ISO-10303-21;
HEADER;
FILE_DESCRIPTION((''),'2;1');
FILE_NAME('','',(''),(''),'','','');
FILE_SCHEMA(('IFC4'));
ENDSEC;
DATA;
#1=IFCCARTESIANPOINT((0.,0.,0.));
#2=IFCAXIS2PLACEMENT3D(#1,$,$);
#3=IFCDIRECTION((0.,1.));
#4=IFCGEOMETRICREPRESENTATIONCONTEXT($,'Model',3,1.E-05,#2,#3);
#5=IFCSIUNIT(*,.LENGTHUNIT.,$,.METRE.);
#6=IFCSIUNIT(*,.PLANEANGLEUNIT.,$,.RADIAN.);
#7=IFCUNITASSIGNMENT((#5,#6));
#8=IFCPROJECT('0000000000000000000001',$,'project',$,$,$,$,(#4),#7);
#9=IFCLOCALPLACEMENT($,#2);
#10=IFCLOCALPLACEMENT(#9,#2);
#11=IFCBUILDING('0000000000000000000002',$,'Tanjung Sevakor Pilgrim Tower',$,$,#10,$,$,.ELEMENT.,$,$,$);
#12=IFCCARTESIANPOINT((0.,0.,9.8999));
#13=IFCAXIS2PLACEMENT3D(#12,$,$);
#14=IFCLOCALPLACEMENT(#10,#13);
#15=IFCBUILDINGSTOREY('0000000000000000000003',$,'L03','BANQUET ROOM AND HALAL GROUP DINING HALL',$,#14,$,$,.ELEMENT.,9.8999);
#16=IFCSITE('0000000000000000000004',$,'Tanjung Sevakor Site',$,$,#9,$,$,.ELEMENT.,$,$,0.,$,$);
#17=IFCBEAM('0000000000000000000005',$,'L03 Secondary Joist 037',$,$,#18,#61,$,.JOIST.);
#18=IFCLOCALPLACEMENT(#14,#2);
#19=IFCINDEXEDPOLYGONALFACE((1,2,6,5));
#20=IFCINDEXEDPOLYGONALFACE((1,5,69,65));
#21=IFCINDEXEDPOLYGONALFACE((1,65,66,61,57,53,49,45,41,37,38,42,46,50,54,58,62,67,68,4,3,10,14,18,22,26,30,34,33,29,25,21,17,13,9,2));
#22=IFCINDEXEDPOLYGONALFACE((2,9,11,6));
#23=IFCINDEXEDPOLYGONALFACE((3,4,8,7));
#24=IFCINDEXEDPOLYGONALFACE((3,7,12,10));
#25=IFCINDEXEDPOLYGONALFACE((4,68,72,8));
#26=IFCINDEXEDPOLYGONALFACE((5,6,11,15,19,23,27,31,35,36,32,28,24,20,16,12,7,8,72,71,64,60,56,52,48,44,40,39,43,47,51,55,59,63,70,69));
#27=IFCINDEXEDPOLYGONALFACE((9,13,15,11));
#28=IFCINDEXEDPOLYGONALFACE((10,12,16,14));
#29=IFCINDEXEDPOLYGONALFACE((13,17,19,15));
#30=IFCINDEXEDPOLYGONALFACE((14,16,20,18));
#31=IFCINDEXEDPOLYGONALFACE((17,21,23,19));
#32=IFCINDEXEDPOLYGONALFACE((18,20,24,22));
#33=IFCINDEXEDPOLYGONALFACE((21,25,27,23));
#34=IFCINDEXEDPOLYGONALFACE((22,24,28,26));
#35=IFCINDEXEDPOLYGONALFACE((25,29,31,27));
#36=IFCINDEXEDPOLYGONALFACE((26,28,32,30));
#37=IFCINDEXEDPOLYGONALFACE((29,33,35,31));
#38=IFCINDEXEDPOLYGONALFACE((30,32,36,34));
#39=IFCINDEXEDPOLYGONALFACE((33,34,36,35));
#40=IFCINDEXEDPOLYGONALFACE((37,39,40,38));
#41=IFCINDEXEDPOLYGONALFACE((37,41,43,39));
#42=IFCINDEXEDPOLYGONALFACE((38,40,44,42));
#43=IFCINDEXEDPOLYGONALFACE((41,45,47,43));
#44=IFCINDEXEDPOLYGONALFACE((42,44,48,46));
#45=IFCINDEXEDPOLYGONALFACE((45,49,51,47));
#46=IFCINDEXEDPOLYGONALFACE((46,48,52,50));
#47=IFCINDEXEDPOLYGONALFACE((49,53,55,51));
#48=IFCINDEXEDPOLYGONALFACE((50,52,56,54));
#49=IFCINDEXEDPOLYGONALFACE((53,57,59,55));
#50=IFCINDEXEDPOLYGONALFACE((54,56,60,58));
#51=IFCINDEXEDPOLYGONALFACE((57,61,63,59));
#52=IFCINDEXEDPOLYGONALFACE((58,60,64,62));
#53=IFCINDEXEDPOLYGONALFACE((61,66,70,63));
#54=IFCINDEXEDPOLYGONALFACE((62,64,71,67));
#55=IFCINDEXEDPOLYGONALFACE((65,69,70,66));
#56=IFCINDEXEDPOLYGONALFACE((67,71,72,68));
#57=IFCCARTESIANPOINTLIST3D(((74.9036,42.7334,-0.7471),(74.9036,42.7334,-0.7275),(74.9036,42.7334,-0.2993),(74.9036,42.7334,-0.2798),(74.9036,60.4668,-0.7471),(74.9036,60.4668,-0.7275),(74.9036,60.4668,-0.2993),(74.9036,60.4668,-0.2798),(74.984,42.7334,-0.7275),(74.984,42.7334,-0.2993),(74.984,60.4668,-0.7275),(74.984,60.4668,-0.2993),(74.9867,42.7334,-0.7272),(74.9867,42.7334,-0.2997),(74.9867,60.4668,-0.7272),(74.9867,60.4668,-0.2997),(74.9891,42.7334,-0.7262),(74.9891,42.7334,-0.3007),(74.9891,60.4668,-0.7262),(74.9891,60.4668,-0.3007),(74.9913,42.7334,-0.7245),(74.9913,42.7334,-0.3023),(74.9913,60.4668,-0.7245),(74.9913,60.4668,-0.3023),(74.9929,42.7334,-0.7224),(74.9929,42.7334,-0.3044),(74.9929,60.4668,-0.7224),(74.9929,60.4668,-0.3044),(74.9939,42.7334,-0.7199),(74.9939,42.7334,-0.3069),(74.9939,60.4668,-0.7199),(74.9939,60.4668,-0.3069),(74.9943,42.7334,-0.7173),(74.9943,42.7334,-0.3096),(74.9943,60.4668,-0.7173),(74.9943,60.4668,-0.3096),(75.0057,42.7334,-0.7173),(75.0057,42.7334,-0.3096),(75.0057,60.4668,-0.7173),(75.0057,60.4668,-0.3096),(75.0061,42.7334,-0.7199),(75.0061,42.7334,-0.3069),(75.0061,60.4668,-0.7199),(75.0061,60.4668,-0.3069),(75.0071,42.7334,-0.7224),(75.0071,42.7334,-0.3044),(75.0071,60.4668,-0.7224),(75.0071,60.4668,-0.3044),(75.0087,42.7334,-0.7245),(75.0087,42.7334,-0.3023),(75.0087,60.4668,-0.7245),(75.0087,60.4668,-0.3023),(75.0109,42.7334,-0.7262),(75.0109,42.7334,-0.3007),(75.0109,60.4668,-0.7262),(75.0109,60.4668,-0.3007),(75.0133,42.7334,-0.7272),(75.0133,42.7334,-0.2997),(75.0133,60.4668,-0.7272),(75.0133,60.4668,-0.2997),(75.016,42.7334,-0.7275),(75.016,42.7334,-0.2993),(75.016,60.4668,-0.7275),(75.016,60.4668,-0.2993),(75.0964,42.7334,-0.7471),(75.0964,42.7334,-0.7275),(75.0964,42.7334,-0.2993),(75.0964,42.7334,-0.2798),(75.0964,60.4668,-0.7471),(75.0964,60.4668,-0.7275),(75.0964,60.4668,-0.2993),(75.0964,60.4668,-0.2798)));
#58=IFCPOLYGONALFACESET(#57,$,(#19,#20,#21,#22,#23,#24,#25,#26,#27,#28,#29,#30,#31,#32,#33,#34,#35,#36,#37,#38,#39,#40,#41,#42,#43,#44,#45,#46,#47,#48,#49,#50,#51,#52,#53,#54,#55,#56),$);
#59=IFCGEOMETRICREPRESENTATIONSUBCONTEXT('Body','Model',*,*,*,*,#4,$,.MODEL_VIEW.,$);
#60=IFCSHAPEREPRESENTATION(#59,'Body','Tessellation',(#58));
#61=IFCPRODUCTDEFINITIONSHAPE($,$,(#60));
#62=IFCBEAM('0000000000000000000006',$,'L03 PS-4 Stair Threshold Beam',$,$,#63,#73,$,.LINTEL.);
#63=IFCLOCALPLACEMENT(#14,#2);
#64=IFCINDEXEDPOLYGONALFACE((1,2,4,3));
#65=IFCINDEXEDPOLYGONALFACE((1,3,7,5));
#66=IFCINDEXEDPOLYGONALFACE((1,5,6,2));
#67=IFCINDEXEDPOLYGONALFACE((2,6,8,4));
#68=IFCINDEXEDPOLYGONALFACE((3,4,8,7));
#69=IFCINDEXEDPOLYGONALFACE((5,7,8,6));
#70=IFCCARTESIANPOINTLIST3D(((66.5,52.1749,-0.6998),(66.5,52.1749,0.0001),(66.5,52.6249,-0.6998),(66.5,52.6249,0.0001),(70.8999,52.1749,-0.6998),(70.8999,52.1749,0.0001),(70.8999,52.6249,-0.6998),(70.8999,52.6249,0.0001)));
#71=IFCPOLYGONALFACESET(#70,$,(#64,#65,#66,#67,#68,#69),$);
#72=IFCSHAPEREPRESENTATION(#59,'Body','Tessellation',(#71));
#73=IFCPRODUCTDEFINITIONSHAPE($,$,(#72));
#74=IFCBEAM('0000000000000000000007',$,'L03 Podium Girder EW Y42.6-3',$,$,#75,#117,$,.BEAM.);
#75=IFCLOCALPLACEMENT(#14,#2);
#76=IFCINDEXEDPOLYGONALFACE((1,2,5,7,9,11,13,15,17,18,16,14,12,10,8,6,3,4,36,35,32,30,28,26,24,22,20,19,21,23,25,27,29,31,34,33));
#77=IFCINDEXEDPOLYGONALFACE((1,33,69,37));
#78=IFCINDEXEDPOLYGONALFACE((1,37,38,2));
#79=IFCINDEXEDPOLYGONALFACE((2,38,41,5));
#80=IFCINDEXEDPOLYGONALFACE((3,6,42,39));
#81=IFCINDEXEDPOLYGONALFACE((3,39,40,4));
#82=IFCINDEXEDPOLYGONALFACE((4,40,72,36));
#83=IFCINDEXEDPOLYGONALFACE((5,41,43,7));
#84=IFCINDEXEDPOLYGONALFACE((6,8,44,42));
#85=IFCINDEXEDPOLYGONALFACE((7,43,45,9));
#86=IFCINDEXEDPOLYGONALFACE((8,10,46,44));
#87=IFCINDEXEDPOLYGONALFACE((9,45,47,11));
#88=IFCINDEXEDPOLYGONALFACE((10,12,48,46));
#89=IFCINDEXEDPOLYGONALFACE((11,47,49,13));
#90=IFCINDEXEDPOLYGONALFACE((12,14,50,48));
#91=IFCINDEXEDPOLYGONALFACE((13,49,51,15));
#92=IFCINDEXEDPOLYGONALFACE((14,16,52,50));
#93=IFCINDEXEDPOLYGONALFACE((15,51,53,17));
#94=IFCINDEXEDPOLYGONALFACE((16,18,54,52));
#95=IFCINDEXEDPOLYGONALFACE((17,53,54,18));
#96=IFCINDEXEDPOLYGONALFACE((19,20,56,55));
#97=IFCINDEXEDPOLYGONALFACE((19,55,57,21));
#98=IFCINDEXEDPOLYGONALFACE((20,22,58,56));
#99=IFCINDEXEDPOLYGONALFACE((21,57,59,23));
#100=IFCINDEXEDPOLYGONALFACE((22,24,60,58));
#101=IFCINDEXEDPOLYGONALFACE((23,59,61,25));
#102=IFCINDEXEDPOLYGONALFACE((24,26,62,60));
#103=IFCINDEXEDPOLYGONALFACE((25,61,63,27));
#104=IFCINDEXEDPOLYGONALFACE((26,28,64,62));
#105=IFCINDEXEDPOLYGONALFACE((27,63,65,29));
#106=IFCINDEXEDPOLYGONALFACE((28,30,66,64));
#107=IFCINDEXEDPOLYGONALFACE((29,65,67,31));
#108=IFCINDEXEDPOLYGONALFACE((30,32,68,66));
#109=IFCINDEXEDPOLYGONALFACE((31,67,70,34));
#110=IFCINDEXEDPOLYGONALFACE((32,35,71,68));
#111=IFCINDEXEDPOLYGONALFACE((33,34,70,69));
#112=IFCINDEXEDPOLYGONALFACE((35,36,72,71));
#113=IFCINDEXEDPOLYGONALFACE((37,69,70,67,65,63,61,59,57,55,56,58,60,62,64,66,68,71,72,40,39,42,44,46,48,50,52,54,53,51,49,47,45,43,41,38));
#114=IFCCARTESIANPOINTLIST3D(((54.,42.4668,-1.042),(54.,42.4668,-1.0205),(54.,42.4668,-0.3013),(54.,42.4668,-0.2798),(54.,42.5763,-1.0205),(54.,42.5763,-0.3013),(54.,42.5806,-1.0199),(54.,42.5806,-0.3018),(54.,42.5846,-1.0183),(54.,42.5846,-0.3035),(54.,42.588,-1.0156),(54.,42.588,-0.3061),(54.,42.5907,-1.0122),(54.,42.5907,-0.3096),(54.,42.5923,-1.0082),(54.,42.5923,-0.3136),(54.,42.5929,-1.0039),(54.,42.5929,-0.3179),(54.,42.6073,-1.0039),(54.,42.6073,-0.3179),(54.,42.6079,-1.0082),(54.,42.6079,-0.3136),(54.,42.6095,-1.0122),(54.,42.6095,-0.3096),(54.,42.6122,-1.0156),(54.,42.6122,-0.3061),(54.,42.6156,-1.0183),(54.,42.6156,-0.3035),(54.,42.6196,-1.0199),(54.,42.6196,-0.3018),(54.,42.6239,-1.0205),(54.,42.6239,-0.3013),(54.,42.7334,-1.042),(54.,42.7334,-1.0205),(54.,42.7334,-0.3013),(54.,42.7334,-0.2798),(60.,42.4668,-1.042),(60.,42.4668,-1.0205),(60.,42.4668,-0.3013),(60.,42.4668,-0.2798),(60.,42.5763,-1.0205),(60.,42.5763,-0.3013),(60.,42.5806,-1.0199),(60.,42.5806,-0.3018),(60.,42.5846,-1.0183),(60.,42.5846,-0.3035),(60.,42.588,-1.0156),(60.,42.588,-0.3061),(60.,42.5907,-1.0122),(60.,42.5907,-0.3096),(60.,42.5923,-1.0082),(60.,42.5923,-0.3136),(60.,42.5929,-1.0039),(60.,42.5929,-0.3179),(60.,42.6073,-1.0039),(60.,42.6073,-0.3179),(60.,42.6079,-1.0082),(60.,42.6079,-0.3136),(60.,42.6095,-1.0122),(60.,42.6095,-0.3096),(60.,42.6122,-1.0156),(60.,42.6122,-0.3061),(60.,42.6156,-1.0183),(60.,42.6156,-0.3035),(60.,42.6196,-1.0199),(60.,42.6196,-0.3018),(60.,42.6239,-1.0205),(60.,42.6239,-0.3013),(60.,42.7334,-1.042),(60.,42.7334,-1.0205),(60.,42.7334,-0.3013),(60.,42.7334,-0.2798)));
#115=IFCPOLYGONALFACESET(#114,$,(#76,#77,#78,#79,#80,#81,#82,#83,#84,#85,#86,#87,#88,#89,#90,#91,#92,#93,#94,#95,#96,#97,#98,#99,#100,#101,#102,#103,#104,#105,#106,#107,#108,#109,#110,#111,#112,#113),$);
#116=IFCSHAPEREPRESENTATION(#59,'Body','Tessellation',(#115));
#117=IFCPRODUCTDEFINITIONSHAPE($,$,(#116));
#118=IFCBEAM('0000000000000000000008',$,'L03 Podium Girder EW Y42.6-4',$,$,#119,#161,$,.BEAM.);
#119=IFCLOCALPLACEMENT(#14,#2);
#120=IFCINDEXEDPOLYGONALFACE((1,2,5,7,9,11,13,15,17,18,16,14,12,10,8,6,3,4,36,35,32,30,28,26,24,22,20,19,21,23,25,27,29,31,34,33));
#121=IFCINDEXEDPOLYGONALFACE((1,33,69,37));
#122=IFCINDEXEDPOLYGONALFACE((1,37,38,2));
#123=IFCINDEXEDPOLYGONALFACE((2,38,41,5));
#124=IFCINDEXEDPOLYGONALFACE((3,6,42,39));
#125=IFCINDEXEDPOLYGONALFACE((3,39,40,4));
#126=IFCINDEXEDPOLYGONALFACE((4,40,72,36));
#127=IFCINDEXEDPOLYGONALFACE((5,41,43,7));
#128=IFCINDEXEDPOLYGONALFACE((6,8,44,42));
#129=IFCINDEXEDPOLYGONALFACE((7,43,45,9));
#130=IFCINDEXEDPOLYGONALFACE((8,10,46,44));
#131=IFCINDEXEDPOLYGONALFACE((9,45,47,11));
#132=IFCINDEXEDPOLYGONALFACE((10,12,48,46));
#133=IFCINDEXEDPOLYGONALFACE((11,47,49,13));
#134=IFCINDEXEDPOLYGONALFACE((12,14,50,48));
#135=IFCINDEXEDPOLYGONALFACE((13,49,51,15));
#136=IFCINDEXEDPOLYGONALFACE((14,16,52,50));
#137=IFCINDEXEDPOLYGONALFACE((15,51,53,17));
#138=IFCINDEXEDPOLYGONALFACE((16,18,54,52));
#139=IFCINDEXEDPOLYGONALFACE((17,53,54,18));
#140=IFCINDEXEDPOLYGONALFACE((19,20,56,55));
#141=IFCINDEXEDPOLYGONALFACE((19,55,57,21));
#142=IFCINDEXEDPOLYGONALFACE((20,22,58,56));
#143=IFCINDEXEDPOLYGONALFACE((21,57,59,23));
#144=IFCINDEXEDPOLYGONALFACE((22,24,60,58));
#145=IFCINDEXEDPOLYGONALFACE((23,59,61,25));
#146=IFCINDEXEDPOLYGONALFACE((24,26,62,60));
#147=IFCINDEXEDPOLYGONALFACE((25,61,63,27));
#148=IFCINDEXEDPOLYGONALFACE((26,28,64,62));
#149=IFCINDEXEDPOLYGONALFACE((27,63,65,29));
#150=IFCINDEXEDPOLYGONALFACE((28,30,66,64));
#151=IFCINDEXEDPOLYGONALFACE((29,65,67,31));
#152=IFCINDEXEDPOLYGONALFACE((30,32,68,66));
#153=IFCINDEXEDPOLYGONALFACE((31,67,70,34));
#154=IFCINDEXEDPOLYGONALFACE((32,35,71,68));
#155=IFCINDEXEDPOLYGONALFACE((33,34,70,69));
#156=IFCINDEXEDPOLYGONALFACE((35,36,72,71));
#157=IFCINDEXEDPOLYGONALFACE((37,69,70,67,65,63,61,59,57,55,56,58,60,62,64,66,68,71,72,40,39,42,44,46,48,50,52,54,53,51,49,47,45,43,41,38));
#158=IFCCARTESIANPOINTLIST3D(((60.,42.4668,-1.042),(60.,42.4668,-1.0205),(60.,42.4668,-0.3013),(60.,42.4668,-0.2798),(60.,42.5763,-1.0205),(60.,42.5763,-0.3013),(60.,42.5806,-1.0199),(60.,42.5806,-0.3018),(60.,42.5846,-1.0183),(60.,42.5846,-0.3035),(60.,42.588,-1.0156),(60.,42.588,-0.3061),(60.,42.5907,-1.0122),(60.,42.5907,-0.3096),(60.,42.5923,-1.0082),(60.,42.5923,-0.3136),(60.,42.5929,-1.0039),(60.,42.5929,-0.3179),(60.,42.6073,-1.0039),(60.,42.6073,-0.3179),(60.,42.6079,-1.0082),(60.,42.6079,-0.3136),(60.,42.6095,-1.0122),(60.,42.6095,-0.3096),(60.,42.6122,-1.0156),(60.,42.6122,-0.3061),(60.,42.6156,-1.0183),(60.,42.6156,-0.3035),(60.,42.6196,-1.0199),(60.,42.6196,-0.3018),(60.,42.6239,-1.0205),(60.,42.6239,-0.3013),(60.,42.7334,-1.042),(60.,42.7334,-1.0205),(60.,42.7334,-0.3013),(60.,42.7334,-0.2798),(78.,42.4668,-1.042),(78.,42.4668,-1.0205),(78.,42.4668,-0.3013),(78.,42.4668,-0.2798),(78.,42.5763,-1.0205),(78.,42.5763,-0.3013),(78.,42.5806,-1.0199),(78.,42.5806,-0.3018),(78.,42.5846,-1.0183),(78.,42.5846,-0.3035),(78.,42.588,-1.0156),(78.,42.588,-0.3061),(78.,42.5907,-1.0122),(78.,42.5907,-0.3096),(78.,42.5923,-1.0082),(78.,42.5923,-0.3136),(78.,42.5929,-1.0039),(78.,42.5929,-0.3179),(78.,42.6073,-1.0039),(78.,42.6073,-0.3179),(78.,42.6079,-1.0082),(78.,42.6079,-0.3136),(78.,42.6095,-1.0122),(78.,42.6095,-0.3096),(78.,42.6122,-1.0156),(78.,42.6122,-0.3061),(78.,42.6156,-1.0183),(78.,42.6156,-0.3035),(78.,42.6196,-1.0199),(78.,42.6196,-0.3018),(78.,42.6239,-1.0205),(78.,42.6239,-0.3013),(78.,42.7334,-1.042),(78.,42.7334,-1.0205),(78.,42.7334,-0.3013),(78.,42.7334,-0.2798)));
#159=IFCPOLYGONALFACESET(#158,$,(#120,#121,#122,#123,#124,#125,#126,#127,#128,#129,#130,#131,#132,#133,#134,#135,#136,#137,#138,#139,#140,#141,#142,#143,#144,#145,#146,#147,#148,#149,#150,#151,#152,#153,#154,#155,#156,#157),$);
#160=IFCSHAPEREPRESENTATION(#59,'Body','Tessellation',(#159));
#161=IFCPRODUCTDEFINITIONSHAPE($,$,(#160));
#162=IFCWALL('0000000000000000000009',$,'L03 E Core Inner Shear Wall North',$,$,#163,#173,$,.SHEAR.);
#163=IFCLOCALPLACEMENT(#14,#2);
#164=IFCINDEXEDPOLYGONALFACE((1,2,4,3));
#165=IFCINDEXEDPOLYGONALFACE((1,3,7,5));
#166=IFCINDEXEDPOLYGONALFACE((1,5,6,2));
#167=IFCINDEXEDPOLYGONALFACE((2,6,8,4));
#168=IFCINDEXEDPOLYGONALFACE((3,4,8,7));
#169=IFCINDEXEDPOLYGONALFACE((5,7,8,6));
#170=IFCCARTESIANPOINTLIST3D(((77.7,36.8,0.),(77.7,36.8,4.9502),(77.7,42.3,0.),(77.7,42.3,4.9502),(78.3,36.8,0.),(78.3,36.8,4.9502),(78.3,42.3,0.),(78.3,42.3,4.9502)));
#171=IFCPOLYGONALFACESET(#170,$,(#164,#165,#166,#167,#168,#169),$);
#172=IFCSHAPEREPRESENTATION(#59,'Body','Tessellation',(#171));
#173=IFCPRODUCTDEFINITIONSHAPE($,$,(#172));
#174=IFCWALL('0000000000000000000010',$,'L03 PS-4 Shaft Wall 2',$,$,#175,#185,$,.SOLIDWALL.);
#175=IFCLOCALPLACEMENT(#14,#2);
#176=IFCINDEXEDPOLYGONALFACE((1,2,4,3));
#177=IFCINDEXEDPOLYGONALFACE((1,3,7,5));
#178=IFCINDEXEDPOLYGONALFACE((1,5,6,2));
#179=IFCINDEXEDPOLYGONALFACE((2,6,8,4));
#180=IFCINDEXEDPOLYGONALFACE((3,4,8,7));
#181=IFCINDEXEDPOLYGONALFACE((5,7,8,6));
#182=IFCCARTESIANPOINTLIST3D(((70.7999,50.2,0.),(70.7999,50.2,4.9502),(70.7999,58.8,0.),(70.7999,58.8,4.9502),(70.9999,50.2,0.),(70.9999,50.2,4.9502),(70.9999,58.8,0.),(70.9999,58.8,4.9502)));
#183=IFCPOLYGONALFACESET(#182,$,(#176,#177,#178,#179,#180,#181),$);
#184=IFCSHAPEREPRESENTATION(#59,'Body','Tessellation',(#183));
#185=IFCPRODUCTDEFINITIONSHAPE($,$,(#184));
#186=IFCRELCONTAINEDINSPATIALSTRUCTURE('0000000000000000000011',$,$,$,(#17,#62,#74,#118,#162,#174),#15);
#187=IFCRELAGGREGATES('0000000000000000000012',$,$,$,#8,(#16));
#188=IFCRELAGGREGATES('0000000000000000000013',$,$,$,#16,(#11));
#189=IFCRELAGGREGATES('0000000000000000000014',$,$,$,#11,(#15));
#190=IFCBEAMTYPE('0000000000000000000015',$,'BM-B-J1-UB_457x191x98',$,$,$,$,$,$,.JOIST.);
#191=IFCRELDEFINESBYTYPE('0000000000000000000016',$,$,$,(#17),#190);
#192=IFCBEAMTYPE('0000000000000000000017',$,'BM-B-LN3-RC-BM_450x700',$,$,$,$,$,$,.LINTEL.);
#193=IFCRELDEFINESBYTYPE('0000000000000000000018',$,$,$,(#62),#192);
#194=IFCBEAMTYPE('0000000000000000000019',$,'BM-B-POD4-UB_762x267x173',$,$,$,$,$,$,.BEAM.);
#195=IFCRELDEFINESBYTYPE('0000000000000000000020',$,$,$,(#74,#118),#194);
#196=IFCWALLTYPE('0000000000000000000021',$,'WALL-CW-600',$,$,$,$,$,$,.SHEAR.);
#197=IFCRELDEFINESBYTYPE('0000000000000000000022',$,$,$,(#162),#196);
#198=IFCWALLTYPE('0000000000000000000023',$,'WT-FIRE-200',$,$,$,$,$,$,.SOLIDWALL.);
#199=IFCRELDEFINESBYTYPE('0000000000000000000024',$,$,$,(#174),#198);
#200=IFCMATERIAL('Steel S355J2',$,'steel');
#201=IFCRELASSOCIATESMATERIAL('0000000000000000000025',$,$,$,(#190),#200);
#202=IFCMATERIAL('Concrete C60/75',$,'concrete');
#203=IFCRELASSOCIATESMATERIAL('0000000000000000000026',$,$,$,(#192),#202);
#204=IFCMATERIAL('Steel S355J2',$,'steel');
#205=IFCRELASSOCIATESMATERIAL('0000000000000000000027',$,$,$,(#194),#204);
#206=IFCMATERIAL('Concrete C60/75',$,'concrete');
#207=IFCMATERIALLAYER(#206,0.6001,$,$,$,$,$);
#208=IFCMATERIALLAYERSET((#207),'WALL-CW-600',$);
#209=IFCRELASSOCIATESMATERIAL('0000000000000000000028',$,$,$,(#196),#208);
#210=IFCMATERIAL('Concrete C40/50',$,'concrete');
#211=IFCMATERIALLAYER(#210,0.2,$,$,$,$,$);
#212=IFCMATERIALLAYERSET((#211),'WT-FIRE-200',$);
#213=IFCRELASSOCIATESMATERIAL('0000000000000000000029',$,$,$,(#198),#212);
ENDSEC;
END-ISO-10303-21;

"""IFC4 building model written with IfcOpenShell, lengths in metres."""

from ifc_helpers import new_model, si_unit, direction, frame, frame_2d, origin, origin_2d, place, context, subcontext, project, spatial, rectangle, i_section, extrude, material, layer, layer_set, material_profile, profile_set, type_object, element, save


model = new_model("IFC4")

# Units and contexts
model_context = context("Model", 3, precision=1e-05, world=origin(), true_north=direction((0.0, 1.0)))
body_context = subcontext(model_context, "Body", "Model", "MODEL_VIEW")
ifc_project = project(units=[si_unit("LENGTHUNIT", "METRE"), si_unit("PLANEANGLEUNIT", "RADIAN")], contexts=[model_context])

# Site, building, storey
site_placement = place(None, origin())
site = spatial("IfcSite", under=ifc_project, at=site_placement, Name="Tanjung Sevakor Site", CompositionType="ELEMENT", RefElevation=0.0)
building_placement = place(site_placement, origin())
building = spatial("IfcBuilding", under=site, at=building_placement, Name="Tanjung Sevakor Pilgrim Tower", CompositionType="ELEMENT")
storey_placement = place(building_placement, frame((0.0, 0.0, 9.8999)))
storey = spatial("IfcBuildingStorey", under=building, at=storey_placement, Name="L03", Description="BANQUET ROOM AND HALAL GROUP DINING HALL", CompositionType="ELEMENT", Elevation=9.8999)

# Beams
ifc_material_1 = material(Name="Steel S355J2", Category="steel")
ifc_material_profile_1 = material_profile(ifc_material_1, i_section(OverallWidth=0.1929, OverallDepth=0.4673, WebThickness=0.0115, FlangeThickness=0.0195, FilletRadius=0.0103, at=origin_2d()))
ifc_profile_set_1 = profile_set([ifc_material_profile_1], Name="Steel S355J2")
beam_type_1 = type_object("IfcBeamType", Name="BM-B-J1-UB_457x191x98", PredefinedType="JOIST", material=ifc_profile_set_1)
for number, where, z_axis, x_axis, name in (
    (1, (75.0, 42.7334, -0.5134), (0.0, 1.0, 0.0), (-1.0, 0.0, 0.0), "L03 Secondary Joist 037"),
):
    element("IfcBeam", number, at=place(storey_placement, frame(where, z_axis=z_axis, x_axis=x_axis)), inside=storey, type_object=beam_type_1, Name=name, PredefinedType="JOIST", context=body_context, shape_type="SweptSolid", body=[
        extrude(i_section(OverallWidth=0.1929, OverallDepth=0.4673, WebThickness=0.0115, FlangeThickness=0.0195, FilletRadius=0.0103, at=origin_2d()), origin(), (0.0, 0.0, 1.0), 17.7334),
    ])
ifc_material_2 = material(Name="Concrete C60/75", Category="concrete")
ifc_material_profile_2 = material_profile(ifc_material_2, rectangle(XDim=0.45, YDim=0.7, at=origin_2d()))
ifc_profile_set_2 = profile_set([ifc_material_profile_2], Name="Concrete C60/75")
beam_type_2 = type_object("IfcBeamType", Name="BM-B-LN3-RC-BM_450x700", PredefinedType="LINTEL", material=ifc_profile_set_2)
beam_1_placement = place(storey_placement, frame((66.5, 52.3999, -0.3499), z_axis=(1.0, 0.0, 0.0), x_axis=(0.0, 1.0, 0.0)))
element("IfcBeam", 2, at=beam_1_placement, inside=storey, type_object=beam_type_2, Name="L03 PS-4 Stair Threshold Beam", PredefinedType="LINTEL", context=body_context, shape_type="SweptSolid", body=[
    extrude(rectangle(XDim=0.45, YDim=0.7, at=origin_2d()), origin(), (0.0, 0.0, 1.0), 4.3999),
])
ifc_material_3 = material(Name="Steel S355J2", Category="steel")
ifc_material_profile_3 = material_profile(ifc_material_3, i_section(OverallWidth=0.2666, OverallDepth=0.7622, WebThickness=0.0144, FlangeThickness=0.0215, FilletRadius=0.0166, at=origin_2d()))
ifc_profile_set_3 = profile_set([ifc_material_profile_3], Name="Steel S355J2")
beam_type_3 = type_object("IfcBeamType", Name="BM-B-POD4-UB_762x267x173", PredefinedType="BEAM", material=ifc_profile_set_3)
beam_2_placement = place(storey_placement, frame((54.0, 42.6001, -0.6609), z_axis=(1.0, 0.0, 0.0), x_axis=(0.0, 1.0, 0.0)))
element("IfcBeam", 3, at=beam_2_placement, inside=storey, type_object=beam_type_3, Name="L03 Podium Girder EW Y42.6-3", PredefinedType="BEAM", context=body_context, shape_type="SweptSolid", body=[
    extrude(i_section(OverallWidth=0.2666, OverallDepth=0.7622, WebThickness=0.0144, FlangeThickness=0.0215, FilletRadius=0.0166, at=origin_2d()), origin(), (0.0, 0.0, 1.0), 6.0),
])
beam_3_placement = place(storey_placement, frame((60.0, 42.6001, -0.6609), z_axis=(1.0, 0.0, 0.0), x_axis=(0.0, 1.0, 0.0)))
element("IfcBeam", 4, at=beam_3_placement, inside=storey, type_object=beam_type_3, Name="L03 Podium Girder EW Y42.6-4", PredefinedType="BEAM", context=body_context, shape_type="SweptSolid", body=[
    extrude(i_section(OverallWidth=0.2666, OverallDepth=0.7622, WebThickness=0.0144, FlangeThickness=0.0215, FilletRadius=0.0166, at=origin_2d()), origin(), (0.0, 0.0, 1.0), 18.0),
])

# Wall
ifc_material_4 = material(Name="Concrete C60/75", Category="concrete")
ifc_layer_1 = layer(ifc_material_4, 0.6001)
ifc_layer_set_1 = layer_set([ifc_layer_1], Name="WALL-CW-600")
wall_type_1 = type_object("IfcWallType", Name="WALL-CW-600", PredefinedType="SHEAR", material=ifc_layer_set_1)
wall_1_placement = place(storey_placement, frame((78.0, 36.8, 0.0), z_axis=(0.0, 0.0, 1.0), x_axis=(0.0, 1.0, 0.0)))
element("IfcWall", 5, at=wall_1_placement, inside=storey, type_object=wall_type_1, Name="L03 E Core Inner Shear Wall North", PredefinedType="SHEAR", context=body_context, shape_type="SweptSolid", body=[
    extrude(rectangle(XDim=5.5, YDim=0.6001, at=frame_2d((2.75, 0.0))), origin(), (0.0, 0.0, 1.0), 4.9502),
])

# Shared definitions
ifc_material_5 = material(Name="Concrete C40/50", Category="concrete")
ifc_layer_2 = layer(ifc_material_5, 0.2)
ifc_layer_set_2 = layer_set([ifc_layer_2], Name="WT-FIRE-200")
wall_type_2 = type_object("IfcWallType", Name="WT-FIRE-200", PredefinedType="SOLIDWALL", material=ifc_layer_set_2)

# Wall
wall_2_placement = place(storey_placement, frame((70.8999, 50.2, 0.0), z_axis=(0.0, 0.0, 1.0), x_axis=(0.0, 1.0, 0.0)))
element("IfcWall", 6, at=wall_2_placement, inside=storey, type_object=wall_type_2, Name="L03 PS-4 Shaft Wall 2", PredefinedType="SOLIDWALL", context=body_context, shape_type="SweptSolid", body=[
    extrude(rectangle(XDim=8.6001, YDim=0.2, at=frame_2d((4.3, 0.0))), origin(), (0.0, 0.0, 1.0), 4.9502),
])

save(model, "model.ifc")
